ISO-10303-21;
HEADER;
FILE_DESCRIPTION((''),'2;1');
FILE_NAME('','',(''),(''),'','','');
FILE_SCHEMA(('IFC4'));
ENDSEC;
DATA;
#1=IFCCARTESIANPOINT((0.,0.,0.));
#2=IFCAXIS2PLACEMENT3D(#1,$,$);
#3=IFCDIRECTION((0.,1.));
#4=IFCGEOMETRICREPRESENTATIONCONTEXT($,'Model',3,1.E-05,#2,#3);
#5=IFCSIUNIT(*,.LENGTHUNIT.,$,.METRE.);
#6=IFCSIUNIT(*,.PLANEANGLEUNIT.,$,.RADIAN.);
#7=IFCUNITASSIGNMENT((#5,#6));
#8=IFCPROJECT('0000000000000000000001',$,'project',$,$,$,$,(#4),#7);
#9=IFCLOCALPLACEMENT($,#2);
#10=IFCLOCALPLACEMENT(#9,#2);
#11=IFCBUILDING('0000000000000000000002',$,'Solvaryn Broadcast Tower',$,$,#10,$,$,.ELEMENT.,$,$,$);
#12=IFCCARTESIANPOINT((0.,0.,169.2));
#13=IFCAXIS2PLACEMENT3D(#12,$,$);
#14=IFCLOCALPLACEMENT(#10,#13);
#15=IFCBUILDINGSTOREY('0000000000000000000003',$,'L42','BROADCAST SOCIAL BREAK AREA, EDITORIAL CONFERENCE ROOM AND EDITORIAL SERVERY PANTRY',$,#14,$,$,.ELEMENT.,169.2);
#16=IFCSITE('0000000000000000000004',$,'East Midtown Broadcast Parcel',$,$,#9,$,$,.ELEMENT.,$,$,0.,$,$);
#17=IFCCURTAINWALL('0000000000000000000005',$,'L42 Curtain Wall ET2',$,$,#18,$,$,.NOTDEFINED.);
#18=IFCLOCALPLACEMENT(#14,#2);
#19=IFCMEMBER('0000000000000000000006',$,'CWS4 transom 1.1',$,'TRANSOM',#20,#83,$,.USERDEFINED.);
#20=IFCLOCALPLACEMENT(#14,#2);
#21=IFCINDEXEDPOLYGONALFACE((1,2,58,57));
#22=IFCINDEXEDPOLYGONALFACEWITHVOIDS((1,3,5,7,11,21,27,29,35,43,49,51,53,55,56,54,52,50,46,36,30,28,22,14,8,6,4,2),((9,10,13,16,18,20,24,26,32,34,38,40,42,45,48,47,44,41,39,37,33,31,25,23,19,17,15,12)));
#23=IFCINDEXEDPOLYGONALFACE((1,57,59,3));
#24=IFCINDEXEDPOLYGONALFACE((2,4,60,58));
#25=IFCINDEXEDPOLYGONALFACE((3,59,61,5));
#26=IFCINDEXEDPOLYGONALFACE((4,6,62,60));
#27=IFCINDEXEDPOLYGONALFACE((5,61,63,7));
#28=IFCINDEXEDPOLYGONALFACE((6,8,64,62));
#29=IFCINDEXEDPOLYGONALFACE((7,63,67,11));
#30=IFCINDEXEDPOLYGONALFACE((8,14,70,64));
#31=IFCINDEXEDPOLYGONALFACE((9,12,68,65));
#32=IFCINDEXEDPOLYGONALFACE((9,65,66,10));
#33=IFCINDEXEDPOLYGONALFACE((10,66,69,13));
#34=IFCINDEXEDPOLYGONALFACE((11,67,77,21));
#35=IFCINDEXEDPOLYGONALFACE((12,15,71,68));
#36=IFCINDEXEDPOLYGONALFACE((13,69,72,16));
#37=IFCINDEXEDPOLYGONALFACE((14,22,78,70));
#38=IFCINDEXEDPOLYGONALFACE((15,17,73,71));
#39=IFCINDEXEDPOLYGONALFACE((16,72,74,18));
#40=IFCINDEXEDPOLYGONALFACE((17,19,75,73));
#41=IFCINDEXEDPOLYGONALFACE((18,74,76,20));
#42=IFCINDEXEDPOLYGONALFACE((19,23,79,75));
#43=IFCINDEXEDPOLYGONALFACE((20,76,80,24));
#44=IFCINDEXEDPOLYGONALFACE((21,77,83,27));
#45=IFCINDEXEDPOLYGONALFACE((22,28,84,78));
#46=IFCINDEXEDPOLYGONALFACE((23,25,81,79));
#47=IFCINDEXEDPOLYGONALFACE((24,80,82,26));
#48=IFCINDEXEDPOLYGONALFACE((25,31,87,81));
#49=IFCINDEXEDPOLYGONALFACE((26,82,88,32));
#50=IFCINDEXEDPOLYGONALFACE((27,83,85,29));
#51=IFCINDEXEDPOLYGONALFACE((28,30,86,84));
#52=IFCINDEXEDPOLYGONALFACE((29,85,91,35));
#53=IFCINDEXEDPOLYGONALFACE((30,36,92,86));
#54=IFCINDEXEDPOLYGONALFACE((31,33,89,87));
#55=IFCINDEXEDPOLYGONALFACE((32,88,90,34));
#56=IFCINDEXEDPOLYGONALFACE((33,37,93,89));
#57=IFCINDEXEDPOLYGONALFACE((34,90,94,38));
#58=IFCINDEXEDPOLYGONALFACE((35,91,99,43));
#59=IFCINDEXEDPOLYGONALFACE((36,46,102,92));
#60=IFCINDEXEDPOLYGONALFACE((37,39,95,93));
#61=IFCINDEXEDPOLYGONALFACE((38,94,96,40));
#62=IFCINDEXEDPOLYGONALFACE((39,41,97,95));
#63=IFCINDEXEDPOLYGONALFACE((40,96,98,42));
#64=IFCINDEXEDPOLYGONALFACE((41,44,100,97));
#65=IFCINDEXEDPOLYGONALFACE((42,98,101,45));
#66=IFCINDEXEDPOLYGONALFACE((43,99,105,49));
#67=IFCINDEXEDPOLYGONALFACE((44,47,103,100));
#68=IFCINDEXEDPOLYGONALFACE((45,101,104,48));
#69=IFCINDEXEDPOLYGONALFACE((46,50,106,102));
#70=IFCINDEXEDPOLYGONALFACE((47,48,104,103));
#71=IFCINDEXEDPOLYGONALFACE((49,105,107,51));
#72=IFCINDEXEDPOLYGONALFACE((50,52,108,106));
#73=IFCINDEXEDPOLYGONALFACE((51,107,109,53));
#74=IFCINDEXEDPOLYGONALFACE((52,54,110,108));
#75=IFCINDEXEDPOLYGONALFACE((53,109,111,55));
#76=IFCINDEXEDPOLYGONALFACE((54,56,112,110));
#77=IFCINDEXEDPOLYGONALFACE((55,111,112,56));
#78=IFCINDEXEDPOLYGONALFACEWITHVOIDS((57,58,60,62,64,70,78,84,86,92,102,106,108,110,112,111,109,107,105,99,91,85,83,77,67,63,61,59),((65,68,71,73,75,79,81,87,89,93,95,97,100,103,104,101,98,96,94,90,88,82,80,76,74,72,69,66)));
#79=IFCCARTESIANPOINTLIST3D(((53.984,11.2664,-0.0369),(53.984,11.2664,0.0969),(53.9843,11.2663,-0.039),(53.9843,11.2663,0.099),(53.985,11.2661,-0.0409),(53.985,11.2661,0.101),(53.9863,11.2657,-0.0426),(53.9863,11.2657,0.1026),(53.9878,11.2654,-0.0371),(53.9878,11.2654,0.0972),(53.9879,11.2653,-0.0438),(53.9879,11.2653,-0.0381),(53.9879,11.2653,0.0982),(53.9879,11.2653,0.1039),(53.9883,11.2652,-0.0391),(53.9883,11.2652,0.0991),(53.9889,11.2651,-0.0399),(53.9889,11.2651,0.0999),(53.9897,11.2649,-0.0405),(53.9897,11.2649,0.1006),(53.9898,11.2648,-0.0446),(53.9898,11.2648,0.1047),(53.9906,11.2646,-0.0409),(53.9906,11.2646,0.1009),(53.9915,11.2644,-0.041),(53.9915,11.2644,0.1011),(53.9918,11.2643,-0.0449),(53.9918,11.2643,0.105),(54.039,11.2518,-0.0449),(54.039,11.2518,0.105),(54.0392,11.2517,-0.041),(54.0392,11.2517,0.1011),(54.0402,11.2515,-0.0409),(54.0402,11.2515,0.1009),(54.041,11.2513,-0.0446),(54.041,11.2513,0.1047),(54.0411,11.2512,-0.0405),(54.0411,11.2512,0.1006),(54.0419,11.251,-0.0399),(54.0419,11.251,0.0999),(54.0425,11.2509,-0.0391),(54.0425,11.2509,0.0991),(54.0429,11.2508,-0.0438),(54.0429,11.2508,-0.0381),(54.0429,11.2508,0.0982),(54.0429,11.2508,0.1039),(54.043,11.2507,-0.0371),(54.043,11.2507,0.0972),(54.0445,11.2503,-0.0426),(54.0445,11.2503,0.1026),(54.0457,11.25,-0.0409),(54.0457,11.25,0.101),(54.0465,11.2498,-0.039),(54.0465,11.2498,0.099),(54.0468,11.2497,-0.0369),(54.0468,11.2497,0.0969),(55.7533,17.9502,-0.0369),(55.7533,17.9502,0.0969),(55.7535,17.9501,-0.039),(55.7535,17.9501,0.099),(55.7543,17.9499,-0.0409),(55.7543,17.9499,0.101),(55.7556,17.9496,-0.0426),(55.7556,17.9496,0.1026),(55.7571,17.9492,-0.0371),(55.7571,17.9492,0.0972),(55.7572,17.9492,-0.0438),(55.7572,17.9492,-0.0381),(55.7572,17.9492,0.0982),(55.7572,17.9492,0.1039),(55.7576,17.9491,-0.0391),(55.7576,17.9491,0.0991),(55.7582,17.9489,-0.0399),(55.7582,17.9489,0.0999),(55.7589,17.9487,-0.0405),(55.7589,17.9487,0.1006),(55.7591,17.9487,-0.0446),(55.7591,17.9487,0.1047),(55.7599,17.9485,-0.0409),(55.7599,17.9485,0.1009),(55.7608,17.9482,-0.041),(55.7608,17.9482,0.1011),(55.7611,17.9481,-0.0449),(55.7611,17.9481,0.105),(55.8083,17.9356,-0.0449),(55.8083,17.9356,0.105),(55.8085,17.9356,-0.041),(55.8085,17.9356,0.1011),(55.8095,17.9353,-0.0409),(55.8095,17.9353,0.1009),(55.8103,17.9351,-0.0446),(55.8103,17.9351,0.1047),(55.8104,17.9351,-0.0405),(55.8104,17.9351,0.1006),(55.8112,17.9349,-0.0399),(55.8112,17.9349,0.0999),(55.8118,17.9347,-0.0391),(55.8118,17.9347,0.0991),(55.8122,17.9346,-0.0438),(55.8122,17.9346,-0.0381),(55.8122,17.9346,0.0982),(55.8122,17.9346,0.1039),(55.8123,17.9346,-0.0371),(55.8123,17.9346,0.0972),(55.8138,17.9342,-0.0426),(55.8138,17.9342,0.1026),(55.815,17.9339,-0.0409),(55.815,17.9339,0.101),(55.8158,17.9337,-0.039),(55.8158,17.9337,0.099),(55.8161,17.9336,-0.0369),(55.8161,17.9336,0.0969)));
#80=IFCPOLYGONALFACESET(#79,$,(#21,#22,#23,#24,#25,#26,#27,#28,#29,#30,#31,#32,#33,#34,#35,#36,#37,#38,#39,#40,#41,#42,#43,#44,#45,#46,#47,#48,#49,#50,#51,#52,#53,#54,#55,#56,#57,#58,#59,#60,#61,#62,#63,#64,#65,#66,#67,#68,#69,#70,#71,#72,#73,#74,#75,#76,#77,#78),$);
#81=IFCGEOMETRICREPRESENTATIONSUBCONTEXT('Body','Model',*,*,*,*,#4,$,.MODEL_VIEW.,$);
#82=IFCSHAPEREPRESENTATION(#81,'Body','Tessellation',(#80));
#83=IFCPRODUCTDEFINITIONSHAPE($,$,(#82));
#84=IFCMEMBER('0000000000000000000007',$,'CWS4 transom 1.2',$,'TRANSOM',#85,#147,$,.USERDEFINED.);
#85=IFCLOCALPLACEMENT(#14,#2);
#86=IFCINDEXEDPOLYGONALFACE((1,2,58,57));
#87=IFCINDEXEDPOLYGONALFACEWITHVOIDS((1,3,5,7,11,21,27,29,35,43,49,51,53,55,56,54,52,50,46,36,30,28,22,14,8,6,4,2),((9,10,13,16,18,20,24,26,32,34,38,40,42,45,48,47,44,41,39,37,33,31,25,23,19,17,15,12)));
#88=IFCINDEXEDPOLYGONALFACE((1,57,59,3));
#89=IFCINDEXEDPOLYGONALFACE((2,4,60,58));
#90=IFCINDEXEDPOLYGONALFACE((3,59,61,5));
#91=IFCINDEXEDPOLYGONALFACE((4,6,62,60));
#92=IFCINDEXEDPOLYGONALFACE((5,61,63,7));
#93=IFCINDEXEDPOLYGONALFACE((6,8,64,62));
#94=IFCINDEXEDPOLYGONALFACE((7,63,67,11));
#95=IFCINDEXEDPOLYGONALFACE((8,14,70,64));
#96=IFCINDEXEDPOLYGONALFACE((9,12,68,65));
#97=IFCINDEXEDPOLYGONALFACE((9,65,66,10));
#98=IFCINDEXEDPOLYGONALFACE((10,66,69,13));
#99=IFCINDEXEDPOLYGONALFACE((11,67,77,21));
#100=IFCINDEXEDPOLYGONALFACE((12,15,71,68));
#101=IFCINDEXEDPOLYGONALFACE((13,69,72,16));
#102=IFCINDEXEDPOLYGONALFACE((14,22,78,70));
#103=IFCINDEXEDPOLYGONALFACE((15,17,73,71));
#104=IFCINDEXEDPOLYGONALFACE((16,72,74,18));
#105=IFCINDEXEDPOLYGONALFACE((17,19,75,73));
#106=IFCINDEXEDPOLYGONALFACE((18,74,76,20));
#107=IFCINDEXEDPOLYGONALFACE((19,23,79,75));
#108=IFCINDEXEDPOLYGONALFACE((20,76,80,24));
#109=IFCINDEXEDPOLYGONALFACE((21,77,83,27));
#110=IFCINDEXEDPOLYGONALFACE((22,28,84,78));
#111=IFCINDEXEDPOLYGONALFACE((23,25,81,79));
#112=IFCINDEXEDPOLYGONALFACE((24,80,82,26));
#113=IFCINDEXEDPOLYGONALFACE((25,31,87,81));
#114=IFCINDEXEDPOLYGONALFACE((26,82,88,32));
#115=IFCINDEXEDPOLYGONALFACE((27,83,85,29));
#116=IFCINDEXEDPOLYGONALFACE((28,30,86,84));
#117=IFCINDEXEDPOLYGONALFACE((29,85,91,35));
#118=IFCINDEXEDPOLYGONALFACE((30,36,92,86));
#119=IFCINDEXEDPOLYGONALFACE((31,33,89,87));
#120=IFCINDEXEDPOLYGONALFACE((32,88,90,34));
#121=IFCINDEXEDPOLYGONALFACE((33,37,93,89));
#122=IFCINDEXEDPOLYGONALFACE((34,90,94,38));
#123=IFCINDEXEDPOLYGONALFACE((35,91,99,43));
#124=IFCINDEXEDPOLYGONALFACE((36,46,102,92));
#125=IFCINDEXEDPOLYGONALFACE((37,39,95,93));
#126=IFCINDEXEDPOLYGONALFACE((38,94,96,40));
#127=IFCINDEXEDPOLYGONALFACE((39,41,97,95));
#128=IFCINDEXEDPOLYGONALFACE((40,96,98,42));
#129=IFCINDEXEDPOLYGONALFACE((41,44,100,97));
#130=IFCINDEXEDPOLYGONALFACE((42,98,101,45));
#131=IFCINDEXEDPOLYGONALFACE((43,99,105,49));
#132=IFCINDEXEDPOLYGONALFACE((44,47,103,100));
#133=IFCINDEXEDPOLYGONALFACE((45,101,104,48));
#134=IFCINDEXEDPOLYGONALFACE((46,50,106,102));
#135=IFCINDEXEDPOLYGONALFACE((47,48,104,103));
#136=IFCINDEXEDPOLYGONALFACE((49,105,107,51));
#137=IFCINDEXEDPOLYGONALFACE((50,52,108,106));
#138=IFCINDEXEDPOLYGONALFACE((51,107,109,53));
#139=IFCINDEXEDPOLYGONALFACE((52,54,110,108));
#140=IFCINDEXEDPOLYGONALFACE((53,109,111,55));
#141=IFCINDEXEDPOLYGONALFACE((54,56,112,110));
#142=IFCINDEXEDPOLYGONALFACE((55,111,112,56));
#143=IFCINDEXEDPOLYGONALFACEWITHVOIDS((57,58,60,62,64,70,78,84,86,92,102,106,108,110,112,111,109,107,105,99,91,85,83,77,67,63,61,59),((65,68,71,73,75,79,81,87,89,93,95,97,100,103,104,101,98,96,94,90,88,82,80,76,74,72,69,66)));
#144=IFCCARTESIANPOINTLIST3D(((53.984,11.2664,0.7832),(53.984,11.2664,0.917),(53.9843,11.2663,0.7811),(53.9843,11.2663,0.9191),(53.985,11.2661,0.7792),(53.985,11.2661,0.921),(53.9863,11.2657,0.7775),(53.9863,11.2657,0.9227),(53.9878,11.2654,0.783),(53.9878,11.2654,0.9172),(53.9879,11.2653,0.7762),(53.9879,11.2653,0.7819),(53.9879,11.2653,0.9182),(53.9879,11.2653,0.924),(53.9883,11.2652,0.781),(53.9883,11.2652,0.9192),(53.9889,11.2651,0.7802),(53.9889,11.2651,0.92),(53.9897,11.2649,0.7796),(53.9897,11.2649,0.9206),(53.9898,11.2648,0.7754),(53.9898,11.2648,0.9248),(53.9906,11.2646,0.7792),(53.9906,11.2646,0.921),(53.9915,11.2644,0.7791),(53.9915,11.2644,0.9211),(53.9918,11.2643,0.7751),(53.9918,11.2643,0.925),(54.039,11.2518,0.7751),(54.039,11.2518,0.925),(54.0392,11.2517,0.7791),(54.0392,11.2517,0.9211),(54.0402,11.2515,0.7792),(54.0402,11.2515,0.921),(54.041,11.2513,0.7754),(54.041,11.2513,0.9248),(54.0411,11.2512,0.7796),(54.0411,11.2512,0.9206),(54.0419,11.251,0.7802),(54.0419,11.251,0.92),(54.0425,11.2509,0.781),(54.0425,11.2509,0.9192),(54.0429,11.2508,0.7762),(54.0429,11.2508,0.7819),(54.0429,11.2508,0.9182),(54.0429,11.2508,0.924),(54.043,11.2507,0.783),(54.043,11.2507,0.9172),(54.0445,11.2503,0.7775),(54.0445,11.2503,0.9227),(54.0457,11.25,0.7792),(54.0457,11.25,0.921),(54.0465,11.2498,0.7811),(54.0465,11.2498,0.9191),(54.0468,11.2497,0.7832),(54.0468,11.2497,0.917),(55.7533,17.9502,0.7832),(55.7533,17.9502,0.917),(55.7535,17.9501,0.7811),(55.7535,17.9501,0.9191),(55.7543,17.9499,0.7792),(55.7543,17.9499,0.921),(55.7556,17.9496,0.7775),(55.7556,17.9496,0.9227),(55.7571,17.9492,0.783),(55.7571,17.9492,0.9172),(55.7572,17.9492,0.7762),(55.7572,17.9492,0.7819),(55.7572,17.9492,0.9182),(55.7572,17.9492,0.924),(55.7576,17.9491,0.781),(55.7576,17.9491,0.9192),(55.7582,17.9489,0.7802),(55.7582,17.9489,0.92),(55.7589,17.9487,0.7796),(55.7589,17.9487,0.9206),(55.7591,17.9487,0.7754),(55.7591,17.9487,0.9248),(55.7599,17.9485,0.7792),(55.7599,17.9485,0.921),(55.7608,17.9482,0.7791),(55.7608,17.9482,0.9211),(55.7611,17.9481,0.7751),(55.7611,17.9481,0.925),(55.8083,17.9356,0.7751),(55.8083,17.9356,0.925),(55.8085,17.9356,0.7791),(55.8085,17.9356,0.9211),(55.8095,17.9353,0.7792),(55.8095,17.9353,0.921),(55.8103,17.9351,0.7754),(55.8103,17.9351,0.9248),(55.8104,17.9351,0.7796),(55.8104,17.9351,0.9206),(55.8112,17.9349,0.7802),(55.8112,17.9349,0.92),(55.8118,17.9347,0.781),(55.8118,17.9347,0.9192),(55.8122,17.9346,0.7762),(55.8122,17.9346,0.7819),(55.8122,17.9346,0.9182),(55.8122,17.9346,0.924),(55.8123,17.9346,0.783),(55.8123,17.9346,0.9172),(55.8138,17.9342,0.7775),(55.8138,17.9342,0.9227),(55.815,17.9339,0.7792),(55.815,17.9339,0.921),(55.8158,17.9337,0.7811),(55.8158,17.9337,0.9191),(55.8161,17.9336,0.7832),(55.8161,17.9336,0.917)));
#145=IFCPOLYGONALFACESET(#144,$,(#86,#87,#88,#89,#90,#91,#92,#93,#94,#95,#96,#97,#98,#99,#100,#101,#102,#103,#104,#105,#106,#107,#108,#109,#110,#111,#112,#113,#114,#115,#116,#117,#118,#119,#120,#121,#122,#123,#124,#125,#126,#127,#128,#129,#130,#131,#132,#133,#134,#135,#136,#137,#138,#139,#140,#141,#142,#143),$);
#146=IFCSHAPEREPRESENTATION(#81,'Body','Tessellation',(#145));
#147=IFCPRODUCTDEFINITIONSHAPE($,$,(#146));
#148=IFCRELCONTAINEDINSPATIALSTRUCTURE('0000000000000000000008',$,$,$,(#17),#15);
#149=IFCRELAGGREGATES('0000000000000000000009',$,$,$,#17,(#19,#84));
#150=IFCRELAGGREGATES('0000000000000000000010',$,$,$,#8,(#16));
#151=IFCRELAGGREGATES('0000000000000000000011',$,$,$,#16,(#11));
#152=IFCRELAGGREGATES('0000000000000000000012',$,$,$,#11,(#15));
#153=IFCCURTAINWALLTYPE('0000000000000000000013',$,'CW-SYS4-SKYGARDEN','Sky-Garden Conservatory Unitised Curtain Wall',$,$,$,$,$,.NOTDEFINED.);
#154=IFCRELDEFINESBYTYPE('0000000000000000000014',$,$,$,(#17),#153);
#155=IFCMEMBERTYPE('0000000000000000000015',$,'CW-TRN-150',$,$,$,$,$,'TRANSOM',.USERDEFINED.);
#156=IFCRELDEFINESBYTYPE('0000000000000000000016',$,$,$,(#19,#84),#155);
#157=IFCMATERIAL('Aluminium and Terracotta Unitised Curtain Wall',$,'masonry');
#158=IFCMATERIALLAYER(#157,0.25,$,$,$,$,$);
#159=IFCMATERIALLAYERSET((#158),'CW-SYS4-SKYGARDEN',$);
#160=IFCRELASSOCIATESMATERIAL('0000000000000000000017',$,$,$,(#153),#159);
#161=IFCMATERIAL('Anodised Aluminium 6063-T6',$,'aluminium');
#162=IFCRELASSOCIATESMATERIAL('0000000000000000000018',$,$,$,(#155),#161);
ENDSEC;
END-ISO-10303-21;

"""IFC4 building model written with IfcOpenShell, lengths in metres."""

from ifc_helpers import new_model, si_unit, direction, frame, origin, origin_2d, place, context, subcontext, project, spatial, hollow_rectangle, extrude, material, layer, layer_set, material_profile, profile_set, type_object, element, aggregate, save


model = new_model("IFC4")

# Units and contexts
model_context = context("Model", 3, precision=1e-05, world=origin(), true_north=direction((0.0, 1.0)))
body_context = subcontext(model_context, "Body", "Model", "MODEL_VIEW")
ifc_project = project(units=[si_unit("LENGTHUNIT", "METRE"), si_unit("PLANEANGLEUNIT", "RADIAN")], contexts=[model_context])

# Site, building, storey
site_placement = place(None, origin())
site = spatial("IfcSite", under=ifc_project, at=site_placement, Name="East Midtown Broadcast Parcel", CompositionType="ELEMENT", RefElevation=0.0)
building_placement = place(site_placement, origin())
building = spatial("IfcBuilding", under=site, at=building_placement, Name="Solvaryn Broadcast Tower", CompositionType="ELEMENT")
storey_placement = place(building_placement, frame((0.0, 0.0, 169.2)))
storey = spatial("IfcBuildingStorey", under=building, at=storey_placement, Name="L42", Description="BROADCAST SOCIAL BREAK AREA, EDITORIAL CONFERENCE ROOM AND EDITORIAL SERVERY PANTRY", CompositionType="ELEMENT", Elevation=169.2)

# Shared definitions
ifc_material_1 = material(Name="Aluminium and Terracotta Unitised Curtain Wall", Category="masonry")
ifc_layer_1 = layer(ifc_material_1, 0.25)
ifc_layer_set_1 = layer_set([ifc_layer_1], Name="CW-SYS4-SKYGARDEN")
curtain_wall_type = type_object("IfcCurtainWallType", Name="CW-SYS4-SKYGARDEN", Description="Sky-Garden Conservatory Unitised Curtain Wall", PredefinedType="NOTDEFINED", material=ifc_layer_set_1)

# Curtain wall, members
curtain_wall_1_placement = place(storey_placement, origin())
curtain_wall_1 = element("IfcCurtainWall", 1, at=curtain_wall_1_placement, inside=storey, type_object=curtain_wall_type, Name="L42 Curtain Wall ET2", PredefinedType="NOTDEFINED")
ifc_material_2 = material(Name="Anodised Aluminium 6063-T6", Category="aluminium")
ifc_material_profile_1 = material_profile(ifc_material_2, hollow_rectangle(XDim=0.0649, YDim=0.1499, WallThickness=0.0039, InnerFilletRadius=0.0039, OuterFilletRadius=0.0081, at=origin_2d()))
ifc_profile_set_1 = profile_set([ifc_material_profile_1], Name="Anodised Aluminium 6063-T6")
member_type_1 = type_object("IfcMemberType", Name="CW-TRN-150", ElementType="TRANSOM", PredefinedType="USERDEFINED", material=ifc_profile_set_1)
member_1_placement = place(storey_placement, frame((55.7847, 17.9419, 0.03), z_axis=(-0.255897, -0.966704, 0.0), x_axis=(0.966704, -0.255897, 0.0)))
member_1 = element("IfcMember", 2, at=member_1_placement, type_object=member_type_1, Name="CWS4 transom 1.1", ObjectType="TRANSOM", PredefinedType="USERDEFINED", context=body_context, shape_type="SweptSolid", body=[
    extrude(hollow_rectangle(XDim=0.0649, YDim=0.1499, WallThickness=0.0039, InnerFilletRadius=0.0039, OuterFilletRadius=0.0081, at=origin_2d()), origin(), (0.0, 0.0, 1.0), 6.9141),
])
member_2_placement = place(storey_placement, frame((55.7847, 17.9419, 0.8501), z_axis=(-0.255897, -0.966704, 0.0), x_axis=(0.966704, -0.255897, 0.0)))
member_2 = element("IfcMember", 3, at=member_2_placement, type_object=member_type_1, Name="CWS4 transom 1.2", ObjectType="TRANSOM", PredefinedType="USERDEFINED", context=body_context, shape_type="SweptSolid", body=[
    extrude(hollow_rectangle(XDim=0.0649, YDim=0.1499, WallThickness=0.0039, InnerFilletRadius=0.0039, OuterFilletRadius=0.0081, at=origin_2d()), origin(), (0.0, 0.0, 1.0), 6.9141),
])

aggregate(curtain_wall_1, [member_1, member_2])

save(model, "model.ifc")
